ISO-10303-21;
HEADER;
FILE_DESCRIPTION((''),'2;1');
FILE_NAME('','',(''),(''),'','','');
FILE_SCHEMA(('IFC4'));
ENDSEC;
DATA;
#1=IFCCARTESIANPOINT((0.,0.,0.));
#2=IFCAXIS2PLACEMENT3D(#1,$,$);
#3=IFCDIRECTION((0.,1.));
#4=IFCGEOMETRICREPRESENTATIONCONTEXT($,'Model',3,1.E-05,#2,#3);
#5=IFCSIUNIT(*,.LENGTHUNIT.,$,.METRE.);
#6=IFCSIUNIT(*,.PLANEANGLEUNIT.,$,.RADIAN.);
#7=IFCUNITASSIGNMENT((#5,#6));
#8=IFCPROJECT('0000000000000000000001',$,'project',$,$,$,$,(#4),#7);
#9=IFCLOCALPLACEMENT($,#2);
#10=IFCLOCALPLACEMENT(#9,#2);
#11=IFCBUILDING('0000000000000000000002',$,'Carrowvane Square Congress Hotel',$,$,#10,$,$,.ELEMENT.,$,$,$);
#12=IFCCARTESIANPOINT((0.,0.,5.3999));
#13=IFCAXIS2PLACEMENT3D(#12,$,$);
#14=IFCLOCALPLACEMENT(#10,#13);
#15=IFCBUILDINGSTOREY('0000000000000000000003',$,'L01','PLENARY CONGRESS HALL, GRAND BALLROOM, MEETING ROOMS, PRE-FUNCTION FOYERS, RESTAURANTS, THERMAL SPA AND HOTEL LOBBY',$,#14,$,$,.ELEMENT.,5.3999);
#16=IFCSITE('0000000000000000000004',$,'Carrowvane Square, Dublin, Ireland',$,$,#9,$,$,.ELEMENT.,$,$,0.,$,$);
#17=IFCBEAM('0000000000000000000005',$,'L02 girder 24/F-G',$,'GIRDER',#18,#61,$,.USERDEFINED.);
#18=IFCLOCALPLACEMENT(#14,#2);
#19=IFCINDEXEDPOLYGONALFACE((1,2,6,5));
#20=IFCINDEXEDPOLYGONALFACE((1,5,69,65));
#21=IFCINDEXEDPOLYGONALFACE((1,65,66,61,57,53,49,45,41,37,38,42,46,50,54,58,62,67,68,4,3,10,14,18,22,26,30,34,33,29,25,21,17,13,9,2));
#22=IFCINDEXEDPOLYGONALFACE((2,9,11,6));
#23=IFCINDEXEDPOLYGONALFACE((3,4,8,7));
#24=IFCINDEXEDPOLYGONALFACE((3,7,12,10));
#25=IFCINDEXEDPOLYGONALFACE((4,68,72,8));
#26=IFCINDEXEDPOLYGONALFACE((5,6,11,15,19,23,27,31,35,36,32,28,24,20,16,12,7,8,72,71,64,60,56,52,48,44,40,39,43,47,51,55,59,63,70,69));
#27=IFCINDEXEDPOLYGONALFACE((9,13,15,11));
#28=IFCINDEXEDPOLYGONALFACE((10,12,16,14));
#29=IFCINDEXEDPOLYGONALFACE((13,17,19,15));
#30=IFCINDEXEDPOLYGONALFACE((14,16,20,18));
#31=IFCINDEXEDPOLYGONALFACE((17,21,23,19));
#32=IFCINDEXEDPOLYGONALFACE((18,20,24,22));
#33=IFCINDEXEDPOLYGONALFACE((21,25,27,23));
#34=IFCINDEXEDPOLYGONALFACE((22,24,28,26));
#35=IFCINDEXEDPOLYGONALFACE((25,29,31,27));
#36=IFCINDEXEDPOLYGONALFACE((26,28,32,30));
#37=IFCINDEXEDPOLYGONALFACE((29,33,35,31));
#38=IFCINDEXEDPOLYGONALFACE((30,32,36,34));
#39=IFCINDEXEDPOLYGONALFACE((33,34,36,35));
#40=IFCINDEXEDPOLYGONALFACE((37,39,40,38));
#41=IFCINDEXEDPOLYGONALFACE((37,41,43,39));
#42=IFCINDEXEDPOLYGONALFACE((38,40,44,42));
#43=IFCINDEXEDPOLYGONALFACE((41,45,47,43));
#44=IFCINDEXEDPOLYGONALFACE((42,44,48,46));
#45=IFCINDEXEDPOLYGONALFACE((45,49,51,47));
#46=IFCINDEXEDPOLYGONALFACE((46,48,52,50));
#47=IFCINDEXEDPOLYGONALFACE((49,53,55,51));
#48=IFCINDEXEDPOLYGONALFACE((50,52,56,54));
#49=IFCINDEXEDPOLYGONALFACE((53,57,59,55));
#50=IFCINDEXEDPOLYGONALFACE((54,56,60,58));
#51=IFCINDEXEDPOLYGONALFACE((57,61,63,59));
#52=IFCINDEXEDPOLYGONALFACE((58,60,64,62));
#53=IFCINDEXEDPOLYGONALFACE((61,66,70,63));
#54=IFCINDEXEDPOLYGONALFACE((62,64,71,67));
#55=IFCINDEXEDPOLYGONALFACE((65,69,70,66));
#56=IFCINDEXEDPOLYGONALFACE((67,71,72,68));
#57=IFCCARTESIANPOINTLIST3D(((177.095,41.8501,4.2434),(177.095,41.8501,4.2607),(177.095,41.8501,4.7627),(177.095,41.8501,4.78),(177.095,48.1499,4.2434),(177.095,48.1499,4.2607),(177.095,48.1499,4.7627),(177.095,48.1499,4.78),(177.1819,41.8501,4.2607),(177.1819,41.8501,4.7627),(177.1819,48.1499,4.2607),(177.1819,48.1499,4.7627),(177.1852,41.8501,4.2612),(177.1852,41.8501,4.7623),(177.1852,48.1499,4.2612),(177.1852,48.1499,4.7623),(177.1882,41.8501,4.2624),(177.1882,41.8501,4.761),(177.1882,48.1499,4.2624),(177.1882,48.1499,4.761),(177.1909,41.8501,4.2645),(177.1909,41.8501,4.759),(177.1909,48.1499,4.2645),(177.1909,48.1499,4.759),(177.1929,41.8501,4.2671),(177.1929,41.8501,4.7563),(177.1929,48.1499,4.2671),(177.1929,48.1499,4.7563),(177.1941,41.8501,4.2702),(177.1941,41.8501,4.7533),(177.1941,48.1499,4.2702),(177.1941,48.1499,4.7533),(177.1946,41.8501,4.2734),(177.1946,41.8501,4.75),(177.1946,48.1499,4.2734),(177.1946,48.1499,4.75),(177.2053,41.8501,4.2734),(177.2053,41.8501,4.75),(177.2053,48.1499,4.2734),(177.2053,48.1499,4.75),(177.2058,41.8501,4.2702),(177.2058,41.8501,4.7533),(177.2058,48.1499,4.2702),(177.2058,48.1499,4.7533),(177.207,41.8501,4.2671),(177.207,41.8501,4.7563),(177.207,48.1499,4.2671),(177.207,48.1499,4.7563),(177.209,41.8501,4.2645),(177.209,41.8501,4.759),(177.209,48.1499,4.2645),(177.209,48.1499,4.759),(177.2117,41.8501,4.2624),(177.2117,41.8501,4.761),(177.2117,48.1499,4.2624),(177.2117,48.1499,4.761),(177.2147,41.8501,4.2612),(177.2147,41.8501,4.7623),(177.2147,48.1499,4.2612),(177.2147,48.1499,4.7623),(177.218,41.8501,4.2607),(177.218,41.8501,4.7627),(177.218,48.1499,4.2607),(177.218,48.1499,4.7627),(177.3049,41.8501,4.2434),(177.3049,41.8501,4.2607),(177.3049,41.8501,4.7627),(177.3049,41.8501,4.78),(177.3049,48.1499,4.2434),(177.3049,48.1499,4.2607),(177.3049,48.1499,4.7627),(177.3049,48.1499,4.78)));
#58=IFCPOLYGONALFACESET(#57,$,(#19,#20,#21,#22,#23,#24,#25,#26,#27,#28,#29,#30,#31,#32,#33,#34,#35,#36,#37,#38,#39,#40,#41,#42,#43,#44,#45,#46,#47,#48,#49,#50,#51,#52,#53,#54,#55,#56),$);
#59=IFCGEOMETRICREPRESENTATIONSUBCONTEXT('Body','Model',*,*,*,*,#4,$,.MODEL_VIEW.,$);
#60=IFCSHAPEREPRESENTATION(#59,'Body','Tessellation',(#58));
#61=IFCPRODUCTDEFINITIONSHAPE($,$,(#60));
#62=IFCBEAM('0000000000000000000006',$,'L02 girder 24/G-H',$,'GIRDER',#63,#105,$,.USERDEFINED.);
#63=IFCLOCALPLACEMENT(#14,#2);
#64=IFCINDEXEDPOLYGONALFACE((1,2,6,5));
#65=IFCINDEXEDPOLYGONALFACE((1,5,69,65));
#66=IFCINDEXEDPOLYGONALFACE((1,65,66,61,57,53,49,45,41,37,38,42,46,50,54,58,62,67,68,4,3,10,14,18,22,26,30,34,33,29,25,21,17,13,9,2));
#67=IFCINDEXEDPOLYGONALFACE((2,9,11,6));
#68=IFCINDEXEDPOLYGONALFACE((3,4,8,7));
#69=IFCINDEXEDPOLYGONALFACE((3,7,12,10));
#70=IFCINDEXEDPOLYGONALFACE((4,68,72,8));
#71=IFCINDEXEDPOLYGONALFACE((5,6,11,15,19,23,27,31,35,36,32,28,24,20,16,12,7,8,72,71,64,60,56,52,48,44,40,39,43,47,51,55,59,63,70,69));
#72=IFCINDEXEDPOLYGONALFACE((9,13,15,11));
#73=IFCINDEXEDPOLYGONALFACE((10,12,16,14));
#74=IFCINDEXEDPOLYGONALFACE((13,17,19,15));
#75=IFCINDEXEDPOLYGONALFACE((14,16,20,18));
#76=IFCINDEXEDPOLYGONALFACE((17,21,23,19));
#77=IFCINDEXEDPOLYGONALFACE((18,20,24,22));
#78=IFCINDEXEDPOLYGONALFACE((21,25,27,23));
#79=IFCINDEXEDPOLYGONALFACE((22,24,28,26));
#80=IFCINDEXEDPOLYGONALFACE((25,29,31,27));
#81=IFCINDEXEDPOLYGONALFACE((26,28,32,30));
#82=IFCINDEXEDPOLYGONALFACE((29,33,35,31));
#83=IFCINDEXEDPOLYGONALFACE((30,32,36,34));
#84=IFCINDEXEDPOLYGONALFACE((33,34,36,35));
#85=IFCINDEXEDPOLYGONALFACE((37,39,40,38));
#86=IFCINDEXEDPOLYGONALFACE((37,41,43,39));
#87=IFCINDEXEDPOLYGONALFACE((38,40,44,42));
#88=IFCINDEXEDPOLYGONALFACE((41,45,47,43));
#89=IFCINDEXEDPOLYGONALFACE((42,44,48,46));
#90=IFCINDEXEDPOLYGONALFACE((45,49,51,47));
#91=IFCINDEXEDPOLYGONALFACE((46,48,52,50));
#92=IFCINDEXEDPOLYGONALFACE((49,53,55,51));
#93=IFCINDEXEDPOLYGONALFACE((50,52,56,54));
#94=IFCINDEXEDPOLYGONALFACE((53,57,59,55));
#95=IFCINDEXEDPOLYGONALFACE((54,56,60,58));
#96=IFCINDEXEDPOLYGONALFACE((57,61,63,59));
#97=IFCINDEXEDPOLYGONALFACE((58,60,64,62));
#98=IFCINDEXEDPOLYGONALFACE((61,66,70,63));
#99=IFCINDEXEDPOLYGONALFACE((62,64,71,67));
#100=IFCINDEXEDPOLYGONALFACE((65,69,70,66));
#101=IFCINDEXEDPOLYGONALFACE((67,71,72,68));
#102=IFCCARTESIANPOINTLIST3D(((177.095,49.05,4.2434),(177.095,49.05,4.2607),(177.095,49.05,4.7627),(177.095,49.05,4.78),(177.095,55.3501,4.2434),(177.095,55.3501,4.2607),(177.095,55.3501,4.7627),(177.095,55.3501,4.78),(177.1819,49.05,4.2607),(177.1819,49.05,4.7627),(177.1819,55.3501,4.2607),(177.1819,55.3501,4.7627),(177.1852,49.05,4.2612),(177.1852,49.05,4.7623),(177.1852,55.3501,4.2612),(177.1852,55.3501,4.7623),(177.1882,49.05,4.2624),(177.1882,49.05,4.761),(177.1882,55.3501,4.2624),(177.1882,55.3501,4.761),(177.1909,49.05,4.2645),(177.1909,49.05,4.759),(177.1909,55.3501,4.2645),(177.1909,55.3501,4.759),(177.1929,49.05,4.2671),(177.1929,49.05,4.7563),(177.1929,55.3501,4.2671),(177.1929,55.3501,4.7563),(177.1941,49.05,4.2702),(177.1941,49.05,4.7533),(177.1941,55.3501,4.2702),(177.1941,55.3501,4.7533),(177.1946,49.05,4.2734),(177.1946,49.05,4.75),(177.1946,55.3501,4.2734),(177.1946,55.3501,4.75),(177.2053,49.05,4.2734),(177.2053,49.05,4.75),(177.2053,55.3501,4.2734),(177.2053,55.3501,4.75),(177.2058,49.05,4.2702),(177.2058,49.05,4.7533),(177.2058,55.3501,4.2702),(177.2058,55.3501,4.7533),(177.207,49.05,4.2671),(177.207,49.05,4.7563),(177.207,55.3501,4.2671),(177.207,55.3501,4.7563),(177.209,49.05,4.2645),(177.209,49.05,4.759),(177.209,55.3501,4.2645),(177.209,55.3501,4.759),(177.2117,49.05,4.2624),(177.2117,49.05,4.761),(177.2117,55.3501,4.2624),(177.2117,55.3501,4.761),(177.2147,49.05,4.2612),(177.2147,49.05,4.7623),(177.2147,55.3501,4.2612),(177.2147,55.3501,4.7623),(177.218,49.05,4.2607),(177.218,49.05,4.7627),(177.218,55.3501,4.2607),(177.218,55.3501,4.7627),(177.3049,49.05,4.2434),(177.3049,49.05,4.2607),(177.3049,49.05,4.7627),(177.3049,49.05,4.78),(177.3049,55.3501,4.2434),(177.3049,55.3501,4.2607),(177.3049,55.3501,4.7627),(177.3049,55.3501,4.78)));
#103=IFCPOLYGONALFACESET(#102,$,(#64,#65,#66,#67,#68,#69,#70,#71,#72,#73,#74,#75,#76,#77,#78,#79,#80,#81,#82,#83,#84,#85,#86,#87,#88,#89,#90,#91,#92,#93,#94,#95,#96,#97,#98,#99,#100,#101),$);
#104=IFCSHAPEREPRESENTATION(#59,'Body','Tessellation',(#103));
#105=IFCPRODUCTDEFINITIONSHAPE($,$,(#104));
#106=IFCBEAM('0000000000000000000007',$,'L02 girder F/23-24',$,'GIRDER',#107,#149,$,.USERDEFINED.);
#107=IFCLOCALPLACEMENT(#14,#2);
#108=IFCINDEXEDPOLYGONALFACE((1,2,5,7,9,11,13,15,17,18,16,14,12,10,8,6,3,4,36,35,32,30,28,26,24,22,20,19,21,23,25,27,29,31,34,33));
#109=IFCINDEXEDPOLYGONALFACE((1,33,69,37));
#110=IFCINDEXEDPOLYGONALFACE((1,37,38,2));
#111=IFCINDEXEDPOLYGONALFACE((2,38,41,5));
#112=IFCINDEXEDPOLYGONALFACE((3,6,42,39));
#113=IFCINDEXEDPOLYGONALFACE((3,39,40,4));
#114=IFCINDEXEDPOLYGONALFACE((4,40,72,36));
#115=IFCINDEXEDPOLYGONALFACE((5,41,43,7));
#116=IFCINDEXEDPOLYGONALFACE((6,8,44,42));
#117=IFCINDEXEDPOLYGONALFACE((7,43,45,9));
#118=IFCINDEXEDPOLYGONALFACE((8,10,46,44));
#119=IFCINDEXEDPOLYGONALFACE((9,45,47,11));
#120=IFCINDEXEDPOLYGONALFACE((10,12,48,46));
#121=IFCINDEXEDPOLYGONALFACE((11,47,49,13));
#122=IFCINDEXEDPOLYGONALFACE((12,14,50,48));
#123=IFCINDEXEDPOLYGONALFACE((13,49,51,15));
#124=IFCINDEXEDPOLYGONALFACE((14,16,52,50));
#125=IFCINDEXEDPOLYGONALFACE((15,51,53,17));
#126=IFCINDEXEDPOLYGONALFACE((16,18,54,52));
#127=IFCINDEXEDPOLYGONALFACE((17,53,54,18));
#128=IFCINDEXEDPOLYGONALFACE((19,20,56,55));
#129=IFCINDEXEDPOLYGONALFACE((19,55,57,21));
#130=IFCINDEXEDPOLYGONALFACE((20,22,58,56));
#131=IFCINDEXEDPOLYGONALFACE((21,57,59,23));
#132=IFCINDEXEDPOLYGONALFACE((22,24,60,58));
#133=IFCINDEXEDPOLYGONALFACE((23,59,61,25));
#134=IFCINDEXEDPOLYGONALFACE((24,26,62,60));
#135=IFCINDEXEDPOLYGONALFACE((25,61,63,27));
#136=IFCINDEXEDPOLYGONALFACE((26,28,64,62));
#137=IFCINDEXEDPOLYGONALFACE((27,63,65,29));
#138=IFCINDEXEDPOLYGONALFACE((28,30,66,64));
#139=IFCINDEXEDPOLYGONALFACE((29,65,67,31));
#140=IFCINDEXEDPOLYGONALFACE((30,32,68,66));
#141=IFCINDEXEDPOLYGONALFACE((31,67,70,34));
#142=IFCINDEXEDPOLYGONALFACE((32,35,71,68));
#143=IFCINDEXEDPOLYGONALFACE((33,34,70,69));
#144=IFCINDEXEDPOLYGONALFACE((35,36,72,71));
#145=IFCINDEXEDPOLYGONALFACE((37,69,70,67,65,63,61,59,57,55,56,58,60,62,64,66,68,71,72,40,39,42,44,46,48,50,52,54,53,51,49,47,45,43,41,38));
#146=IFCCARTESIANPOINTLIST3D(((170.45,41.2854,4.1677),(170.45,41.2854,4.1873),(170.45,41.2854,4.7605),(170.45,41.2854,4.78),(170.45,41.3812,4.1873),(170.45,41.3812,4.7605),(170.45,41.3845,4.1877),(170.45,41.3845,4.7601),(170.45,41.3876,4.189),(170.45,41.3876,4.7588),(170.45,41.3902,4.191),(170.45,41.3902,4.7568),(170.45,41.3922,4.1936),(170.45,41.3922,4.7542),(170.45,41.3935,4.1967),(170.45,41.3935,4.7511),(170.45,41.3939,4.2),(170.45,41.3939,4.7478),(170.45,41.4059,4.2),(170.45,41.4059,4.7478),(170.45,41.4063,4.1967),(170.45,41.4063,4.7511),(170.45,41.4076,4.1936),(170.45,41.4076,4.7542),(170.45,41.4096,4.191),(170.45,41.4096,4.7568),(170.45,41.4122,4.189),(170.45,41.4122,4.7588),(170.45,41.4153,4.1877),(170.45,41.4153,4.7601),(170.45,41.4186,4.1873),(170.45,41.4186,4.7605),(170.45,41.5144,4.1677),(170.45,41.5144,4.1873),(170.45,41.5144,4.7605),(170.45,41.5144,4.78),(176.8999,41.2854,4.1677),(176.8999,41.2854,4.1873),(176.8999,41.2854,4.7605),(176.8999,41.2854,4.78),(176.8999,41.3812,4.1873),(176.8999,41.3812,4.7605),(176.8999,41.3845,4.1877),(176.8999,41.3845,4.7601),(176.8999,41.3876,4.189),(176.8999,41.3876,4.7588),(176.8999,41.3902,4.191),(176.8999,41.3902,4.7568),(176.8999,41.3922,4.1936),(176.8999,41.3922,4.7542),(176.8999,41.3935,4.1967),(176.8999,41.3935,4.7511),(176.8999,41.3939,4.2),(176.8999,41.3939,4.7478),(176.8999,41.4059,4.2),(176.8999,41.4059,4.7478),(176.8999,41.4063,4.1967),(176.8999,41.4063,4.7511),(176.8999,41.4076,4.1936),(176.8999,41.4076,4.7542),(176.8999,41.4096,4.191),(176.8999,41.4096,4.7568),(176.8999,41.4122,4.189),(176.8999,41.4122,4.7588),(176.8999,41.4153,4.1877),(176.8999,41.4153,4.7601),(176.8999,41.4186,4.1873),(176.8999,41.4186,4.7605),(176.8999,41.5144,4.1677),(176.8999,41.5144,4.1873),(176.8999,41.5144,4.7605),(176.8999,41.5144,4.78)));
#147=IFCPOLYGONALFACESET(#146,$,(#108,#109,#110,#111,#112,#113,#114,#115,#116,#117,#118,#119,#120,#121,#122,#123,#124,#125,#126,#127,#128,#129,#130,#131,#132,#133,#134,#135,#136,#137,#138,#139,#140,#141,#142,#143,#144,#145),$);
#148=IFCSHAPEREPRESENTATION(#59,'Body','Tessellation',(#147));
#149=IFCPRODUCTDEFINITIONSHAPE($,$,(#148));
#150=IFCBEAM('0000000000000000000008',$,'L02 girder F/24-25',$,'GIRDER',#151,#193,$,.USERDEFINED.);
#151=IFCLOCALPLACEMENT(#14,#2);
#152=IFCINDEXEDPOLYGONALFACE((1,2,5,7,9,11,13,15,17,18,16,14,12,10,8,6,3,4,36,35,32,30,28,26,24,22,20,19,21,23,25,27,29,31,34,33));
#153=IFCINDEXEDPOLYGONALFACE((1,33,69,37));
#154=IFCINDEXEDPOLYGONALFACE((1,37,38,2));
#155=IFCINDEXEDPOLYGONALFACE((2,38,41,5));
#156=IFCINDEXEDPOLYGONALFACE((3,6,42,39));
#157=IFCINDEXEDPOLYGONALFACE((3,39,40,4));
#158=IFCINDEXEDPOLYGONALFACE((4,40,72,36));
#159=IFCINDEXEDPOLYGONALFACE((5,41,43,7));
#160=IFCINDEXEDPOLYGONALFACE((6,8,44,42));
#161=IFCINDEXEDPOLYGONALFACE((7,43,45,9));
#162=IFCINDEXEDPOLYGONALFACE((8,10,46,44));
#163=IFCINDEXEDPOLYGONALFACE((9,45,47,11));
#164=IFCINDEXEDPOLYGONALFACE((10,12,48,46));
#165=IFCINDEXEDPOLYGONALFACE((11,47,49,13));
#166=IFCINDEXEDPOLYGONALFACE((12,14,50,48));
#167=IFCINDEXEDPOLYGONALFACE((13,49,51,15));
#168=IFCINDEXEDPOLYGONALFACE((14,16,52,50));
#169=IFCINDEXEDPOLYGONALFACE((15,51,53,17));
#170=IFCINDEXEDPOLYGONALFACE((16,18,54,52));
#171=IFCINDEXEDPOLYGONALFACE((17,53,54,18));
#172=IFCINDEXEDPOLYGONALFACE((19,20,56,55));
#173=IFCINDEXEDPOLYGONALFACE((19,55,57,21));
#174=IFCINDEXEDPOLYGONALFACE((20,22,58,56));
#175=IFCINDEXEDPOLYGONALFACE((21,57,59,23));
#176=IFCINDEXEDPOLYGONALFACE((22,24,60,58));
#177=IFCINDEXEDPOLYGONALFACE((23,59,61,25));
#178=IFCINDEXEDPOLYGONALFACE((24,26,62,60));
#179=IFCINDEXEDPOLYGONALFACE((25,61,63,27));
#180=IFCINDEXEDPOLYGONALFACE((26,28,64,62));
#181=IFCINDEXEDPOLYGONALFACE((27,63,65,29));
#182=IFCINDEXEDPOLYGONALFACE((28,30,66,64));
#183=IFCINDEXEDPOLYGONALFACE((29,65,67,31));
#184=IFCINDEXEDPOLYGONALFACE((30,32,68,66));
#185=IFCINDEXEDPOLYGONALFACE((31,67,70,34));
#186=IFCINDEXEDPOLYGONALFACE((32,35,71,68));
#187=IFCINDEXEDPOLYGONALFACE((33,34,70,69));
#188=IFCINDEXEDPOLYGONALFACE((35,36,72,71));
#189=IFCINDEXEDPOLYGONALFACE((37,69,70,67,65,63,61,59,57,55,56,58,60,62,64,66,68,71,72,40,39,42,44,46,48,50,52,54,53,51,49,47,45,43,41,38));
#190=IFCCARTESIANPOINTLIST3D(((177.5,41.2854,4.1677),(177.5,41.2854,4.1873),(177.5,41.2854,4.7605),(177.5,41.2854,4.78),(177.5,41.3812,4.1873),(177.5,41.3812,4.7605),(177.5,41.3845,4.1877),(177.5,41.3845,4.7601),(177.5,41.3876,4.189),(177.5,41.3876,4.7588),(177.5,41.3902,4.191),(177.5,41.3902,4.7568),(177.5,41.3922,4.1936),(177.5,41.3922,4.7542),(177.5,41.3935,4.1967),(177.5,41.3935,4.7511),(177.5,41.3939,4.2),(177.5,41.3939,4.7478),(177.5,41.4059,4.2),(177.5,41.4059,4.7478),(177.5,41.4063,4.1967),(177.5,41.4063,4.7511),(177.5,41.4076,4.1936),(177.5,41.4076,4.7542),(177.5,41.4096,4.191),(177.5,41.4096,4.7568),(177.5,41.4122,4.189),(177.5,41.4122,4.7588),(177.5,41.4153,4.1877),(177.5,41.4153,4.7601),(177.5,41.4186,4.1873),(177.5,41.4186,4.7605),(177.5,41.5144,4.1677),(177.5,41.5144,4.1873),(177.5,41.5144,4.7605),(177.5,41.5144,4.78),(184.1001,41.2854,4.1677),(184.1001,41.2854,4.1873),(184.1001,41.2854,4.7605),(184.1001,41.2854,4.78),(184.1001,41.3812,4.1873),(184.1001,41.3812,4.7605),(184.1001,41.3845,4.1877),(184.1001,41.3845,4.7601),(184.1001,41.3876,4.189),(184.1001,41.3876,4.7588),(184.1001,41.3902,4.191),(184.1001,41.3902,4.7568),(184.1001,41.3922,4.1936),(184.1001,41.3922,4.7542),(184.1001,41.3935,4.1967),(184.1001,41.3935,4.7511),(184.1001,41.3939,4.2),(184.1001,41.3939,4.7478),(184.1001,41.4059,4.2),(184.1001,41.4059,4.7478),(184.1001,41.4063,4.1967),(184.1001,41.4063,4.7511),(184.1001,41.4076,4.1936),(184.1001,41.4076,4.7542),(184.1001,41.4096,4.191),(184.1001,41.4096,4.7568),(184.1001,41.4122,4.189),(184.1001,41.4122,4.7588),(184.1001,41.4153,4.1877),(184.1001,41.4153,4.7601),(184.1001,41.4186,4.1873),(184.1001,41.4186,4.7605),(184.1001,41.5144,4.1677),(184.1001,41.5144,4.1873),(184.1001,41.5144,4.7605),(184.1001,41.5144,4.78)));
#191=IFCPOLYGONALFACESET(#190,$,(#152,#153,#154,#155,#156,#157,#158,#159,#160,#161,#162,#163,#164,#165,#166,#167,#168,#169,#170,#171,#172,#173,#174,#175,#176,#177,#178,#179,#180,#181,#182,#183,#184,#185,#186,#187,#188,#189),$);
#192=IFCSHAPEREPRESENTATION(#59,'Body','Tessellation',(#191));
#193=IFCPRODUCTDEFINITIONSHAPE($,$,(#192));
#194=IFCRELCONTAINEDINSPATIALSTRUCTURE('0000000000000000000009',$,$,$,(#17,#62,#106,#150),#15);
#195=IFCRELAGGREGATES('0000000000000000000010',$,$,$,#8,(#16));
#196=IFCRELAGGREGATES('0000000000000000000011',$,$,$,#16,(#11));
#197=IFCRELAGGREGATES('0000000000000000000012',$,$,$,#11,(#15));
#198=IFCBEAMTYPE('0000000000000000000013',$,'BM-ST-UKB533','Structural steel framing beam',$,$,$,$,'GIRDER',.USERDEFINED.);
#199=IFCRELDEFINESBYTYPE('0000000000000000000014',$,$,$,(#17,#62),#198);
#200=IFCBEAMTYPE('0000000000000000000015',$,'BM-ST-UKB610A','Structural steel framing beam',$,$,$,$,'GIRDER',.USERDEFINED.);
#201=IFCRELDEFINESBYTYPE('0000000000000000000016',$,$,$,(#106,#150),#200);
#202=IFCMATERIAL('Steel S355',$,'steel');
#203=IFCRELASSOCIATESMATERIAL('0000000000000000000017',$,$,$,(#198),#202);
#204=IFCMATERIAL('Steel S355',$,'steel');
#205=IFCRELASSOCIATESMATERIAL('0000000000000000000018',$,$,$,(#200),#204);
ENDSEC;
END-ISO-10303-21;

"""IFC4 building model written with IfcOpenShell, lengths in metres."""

from ifc_helpers import new_model, si_unit, direction, frame, origin, origin_2d, place, context, subcontext, project, spatial, i_section, extrude, material, material_profile, profile_set, type_object, element, save


model = new_model("IFC4")

# Units and contexts
model_context = context("Model", 3, precision=1e-05, world=origin(), true_north=direction((0.0, 1.0)))
body_context = subcontext(model_context, "Body", "Model", "MODEL_VIEW")
ifc_project = project(units=[si_unit("LENGTHUNIT", "METRE"), si_unit("PLANEANGLEUNIT", "RADIAN")], contexts=[model_context])

# Site, building, storey
site_placement = place(None, origin())
site = spatial("IfcSite", under=ifc_project, at=site_placement, Name="Carrowvane Square, Dublin, Ireland", CompositionType="ELEMENT", RefElevation=0.0)
building_placement = place(site_placement, origin())
building = spatial("IfcBuilding", under=site, at=building_placement, Name="Carrowvane Square Congress Hotel", CompositionType="ELEMENT")
storey_placement = place(building_placement, frame((0.0, 0.0, 5.3999)))
storey = spatial("IfcBuildingStorey", under=building, at=storey_placement, Name="L01", Description="PLENARY CONGRESS HALL, GRAND BALLROOM, MEETING ROOMS, PRE-FUNCTION FOYERS, RESTAURANTS, THERMAL SPA AND HOTEL LOBBY", CompositionType="ELEMENT", Elevation=5.3999)

# Beams
ifc_material_1 = material(Name="Steel S355", Category="steel")
ifc_material_profile_1 = material_profile(ifc_material_1, i_section(OverallWidth=0.21, OverallDepth=0.5366, WebThickness=0.0107, FlangeThickness=0.0173, FilletRadius=0.0127, at=origin_2d()), Name="UKB 533x210x101")
ifc_profile_set_1 = profile_set([ifc_material_profile_1], Name="Steel S355")
beam_type_1 = type_object("IfcBeamType", Name="BM-ST-UKB533", Description="Structural steel framing beam", ElementType="GIRDER", PredefinedType="USERDEFINED", material=ifc_profile_set_1)
beam_1_placement = place(storey_placement, frame((177.2, 41.8501, 4.5117), z_axis=(0.0, 1.0, 0.0), x_axis=(-1.0, 0.0, 0.0)))
element("IfcBeam", 1, at=beam_1_placement, inside=storey, type_object=beam_type_1, Name="L02 girder 24/F-G", ObjectType="GIRDER", PredefinedType="USERDEFINED", context=body_context, shape_type="SweptSolid", body=[
    extrude(i_section(OverallWidth=0.21, OverallDepth=0.5366, WebThickness=0.0107, FlangeThickness=0.0173, FilletRadius=0.0127, at=origin_2d()), origin(), (0.0, 0.0, 1.0), 6.2998),
])
beam_2_placement = place(storey_placement, frame((177.2, 49.05, 4.5117), z_axis=(0.0, 1.0, 0.0), x_axis=(-1.0, 0.0, 0.0)))
element("IfcBeam", 2, at=beam_2_placement, inside=storey, type_object=beam_type_1, Name="L02 girder 24/G-H", ObjectType="GIRDER", PredefinedType="USERDEFINED", context=body_context, shape_type="SweptSolid", body=[
    extrude(i_section(OverallWidth=0.21, OverallDepth=0.5366, WebThickness=0.0107, FlangeThickness=0.0173, FilletRadius=0.0127, at=origin_2d()), origin(), (0.0, 0.0, 1.0), 6.3),
])
ifc_material_2 = material(Name="Steel S355", Category="steel")
ifc_material_profile_2 = material_profile(ifc_material_2, i_section(OverallWidth=0.229, OverallDepth=0.6123, WebThickness=0.012, FlangeThickness=0.0195, FilletRadius=0.0127, at=origin_2d()), Name="UKB 610x229x125")
ifc_profile_set_2 = profile_set([ifc_material_profile_2], Name="Steel S355")
beam_type_2 = type_object("IfcBeamType", Name="BM-ST-UKB610A", Description="Structural steel framing beam", ElementType="GIRDER", PredefinedType="USERDEFINED", material=ifc_profile_set_2)
beam_3_placement = place(storey_placement, frame((170.45, 41.3999, 4.4739), z_axis=(1.0, 0.0, 0.0), x_axis=(0.0, 1.0, 0.0)))
element("IfcBeam", 3, at=beam_3_placement, inside=storey, type_object=beam_type_2, Name="L02 girder F/23-24", ObjectType="GIRDER", PredefinedType="USERDEFINED", context=body_context, shape_type="SweptSolid", body=[
    extrude(i_section(OverallWidth=0.229, OverallDepth=0.6123, WebThickness=0.012, FlangeThickness=0.0195, FilletRadius=0.0127, at=origin_2d()), origin(), (0.0, 0.0, 1.0), 6.45),
])
beam_4_placement = place(storey_placement, frame((177.5, 41.3999, 4.4739), z_axis=(1.0, 0.0, 0.0), x_axis=(0.0, 1.0, 0.0)))
element("IfcBeam", 4, at=beam_4_placement, inside=storey, type_object=beam_type_2, Name="L02 girder F/24-25", ObjectType="GIRDER", PredefinedType="USERDEFINED", context=body_context, shape_type="SweptSolid", body=[
    extrude(i_section(OverallWidth=0.229, OverallDepth=0.6123, WebThickness=0.012, FlangeThickness=0.0195, FilletRadius=0.0127, at=origin_2d()), origin(), (0.0, 0.0, 1.0), 6.6001),
])

save(model, "model.ifc")
